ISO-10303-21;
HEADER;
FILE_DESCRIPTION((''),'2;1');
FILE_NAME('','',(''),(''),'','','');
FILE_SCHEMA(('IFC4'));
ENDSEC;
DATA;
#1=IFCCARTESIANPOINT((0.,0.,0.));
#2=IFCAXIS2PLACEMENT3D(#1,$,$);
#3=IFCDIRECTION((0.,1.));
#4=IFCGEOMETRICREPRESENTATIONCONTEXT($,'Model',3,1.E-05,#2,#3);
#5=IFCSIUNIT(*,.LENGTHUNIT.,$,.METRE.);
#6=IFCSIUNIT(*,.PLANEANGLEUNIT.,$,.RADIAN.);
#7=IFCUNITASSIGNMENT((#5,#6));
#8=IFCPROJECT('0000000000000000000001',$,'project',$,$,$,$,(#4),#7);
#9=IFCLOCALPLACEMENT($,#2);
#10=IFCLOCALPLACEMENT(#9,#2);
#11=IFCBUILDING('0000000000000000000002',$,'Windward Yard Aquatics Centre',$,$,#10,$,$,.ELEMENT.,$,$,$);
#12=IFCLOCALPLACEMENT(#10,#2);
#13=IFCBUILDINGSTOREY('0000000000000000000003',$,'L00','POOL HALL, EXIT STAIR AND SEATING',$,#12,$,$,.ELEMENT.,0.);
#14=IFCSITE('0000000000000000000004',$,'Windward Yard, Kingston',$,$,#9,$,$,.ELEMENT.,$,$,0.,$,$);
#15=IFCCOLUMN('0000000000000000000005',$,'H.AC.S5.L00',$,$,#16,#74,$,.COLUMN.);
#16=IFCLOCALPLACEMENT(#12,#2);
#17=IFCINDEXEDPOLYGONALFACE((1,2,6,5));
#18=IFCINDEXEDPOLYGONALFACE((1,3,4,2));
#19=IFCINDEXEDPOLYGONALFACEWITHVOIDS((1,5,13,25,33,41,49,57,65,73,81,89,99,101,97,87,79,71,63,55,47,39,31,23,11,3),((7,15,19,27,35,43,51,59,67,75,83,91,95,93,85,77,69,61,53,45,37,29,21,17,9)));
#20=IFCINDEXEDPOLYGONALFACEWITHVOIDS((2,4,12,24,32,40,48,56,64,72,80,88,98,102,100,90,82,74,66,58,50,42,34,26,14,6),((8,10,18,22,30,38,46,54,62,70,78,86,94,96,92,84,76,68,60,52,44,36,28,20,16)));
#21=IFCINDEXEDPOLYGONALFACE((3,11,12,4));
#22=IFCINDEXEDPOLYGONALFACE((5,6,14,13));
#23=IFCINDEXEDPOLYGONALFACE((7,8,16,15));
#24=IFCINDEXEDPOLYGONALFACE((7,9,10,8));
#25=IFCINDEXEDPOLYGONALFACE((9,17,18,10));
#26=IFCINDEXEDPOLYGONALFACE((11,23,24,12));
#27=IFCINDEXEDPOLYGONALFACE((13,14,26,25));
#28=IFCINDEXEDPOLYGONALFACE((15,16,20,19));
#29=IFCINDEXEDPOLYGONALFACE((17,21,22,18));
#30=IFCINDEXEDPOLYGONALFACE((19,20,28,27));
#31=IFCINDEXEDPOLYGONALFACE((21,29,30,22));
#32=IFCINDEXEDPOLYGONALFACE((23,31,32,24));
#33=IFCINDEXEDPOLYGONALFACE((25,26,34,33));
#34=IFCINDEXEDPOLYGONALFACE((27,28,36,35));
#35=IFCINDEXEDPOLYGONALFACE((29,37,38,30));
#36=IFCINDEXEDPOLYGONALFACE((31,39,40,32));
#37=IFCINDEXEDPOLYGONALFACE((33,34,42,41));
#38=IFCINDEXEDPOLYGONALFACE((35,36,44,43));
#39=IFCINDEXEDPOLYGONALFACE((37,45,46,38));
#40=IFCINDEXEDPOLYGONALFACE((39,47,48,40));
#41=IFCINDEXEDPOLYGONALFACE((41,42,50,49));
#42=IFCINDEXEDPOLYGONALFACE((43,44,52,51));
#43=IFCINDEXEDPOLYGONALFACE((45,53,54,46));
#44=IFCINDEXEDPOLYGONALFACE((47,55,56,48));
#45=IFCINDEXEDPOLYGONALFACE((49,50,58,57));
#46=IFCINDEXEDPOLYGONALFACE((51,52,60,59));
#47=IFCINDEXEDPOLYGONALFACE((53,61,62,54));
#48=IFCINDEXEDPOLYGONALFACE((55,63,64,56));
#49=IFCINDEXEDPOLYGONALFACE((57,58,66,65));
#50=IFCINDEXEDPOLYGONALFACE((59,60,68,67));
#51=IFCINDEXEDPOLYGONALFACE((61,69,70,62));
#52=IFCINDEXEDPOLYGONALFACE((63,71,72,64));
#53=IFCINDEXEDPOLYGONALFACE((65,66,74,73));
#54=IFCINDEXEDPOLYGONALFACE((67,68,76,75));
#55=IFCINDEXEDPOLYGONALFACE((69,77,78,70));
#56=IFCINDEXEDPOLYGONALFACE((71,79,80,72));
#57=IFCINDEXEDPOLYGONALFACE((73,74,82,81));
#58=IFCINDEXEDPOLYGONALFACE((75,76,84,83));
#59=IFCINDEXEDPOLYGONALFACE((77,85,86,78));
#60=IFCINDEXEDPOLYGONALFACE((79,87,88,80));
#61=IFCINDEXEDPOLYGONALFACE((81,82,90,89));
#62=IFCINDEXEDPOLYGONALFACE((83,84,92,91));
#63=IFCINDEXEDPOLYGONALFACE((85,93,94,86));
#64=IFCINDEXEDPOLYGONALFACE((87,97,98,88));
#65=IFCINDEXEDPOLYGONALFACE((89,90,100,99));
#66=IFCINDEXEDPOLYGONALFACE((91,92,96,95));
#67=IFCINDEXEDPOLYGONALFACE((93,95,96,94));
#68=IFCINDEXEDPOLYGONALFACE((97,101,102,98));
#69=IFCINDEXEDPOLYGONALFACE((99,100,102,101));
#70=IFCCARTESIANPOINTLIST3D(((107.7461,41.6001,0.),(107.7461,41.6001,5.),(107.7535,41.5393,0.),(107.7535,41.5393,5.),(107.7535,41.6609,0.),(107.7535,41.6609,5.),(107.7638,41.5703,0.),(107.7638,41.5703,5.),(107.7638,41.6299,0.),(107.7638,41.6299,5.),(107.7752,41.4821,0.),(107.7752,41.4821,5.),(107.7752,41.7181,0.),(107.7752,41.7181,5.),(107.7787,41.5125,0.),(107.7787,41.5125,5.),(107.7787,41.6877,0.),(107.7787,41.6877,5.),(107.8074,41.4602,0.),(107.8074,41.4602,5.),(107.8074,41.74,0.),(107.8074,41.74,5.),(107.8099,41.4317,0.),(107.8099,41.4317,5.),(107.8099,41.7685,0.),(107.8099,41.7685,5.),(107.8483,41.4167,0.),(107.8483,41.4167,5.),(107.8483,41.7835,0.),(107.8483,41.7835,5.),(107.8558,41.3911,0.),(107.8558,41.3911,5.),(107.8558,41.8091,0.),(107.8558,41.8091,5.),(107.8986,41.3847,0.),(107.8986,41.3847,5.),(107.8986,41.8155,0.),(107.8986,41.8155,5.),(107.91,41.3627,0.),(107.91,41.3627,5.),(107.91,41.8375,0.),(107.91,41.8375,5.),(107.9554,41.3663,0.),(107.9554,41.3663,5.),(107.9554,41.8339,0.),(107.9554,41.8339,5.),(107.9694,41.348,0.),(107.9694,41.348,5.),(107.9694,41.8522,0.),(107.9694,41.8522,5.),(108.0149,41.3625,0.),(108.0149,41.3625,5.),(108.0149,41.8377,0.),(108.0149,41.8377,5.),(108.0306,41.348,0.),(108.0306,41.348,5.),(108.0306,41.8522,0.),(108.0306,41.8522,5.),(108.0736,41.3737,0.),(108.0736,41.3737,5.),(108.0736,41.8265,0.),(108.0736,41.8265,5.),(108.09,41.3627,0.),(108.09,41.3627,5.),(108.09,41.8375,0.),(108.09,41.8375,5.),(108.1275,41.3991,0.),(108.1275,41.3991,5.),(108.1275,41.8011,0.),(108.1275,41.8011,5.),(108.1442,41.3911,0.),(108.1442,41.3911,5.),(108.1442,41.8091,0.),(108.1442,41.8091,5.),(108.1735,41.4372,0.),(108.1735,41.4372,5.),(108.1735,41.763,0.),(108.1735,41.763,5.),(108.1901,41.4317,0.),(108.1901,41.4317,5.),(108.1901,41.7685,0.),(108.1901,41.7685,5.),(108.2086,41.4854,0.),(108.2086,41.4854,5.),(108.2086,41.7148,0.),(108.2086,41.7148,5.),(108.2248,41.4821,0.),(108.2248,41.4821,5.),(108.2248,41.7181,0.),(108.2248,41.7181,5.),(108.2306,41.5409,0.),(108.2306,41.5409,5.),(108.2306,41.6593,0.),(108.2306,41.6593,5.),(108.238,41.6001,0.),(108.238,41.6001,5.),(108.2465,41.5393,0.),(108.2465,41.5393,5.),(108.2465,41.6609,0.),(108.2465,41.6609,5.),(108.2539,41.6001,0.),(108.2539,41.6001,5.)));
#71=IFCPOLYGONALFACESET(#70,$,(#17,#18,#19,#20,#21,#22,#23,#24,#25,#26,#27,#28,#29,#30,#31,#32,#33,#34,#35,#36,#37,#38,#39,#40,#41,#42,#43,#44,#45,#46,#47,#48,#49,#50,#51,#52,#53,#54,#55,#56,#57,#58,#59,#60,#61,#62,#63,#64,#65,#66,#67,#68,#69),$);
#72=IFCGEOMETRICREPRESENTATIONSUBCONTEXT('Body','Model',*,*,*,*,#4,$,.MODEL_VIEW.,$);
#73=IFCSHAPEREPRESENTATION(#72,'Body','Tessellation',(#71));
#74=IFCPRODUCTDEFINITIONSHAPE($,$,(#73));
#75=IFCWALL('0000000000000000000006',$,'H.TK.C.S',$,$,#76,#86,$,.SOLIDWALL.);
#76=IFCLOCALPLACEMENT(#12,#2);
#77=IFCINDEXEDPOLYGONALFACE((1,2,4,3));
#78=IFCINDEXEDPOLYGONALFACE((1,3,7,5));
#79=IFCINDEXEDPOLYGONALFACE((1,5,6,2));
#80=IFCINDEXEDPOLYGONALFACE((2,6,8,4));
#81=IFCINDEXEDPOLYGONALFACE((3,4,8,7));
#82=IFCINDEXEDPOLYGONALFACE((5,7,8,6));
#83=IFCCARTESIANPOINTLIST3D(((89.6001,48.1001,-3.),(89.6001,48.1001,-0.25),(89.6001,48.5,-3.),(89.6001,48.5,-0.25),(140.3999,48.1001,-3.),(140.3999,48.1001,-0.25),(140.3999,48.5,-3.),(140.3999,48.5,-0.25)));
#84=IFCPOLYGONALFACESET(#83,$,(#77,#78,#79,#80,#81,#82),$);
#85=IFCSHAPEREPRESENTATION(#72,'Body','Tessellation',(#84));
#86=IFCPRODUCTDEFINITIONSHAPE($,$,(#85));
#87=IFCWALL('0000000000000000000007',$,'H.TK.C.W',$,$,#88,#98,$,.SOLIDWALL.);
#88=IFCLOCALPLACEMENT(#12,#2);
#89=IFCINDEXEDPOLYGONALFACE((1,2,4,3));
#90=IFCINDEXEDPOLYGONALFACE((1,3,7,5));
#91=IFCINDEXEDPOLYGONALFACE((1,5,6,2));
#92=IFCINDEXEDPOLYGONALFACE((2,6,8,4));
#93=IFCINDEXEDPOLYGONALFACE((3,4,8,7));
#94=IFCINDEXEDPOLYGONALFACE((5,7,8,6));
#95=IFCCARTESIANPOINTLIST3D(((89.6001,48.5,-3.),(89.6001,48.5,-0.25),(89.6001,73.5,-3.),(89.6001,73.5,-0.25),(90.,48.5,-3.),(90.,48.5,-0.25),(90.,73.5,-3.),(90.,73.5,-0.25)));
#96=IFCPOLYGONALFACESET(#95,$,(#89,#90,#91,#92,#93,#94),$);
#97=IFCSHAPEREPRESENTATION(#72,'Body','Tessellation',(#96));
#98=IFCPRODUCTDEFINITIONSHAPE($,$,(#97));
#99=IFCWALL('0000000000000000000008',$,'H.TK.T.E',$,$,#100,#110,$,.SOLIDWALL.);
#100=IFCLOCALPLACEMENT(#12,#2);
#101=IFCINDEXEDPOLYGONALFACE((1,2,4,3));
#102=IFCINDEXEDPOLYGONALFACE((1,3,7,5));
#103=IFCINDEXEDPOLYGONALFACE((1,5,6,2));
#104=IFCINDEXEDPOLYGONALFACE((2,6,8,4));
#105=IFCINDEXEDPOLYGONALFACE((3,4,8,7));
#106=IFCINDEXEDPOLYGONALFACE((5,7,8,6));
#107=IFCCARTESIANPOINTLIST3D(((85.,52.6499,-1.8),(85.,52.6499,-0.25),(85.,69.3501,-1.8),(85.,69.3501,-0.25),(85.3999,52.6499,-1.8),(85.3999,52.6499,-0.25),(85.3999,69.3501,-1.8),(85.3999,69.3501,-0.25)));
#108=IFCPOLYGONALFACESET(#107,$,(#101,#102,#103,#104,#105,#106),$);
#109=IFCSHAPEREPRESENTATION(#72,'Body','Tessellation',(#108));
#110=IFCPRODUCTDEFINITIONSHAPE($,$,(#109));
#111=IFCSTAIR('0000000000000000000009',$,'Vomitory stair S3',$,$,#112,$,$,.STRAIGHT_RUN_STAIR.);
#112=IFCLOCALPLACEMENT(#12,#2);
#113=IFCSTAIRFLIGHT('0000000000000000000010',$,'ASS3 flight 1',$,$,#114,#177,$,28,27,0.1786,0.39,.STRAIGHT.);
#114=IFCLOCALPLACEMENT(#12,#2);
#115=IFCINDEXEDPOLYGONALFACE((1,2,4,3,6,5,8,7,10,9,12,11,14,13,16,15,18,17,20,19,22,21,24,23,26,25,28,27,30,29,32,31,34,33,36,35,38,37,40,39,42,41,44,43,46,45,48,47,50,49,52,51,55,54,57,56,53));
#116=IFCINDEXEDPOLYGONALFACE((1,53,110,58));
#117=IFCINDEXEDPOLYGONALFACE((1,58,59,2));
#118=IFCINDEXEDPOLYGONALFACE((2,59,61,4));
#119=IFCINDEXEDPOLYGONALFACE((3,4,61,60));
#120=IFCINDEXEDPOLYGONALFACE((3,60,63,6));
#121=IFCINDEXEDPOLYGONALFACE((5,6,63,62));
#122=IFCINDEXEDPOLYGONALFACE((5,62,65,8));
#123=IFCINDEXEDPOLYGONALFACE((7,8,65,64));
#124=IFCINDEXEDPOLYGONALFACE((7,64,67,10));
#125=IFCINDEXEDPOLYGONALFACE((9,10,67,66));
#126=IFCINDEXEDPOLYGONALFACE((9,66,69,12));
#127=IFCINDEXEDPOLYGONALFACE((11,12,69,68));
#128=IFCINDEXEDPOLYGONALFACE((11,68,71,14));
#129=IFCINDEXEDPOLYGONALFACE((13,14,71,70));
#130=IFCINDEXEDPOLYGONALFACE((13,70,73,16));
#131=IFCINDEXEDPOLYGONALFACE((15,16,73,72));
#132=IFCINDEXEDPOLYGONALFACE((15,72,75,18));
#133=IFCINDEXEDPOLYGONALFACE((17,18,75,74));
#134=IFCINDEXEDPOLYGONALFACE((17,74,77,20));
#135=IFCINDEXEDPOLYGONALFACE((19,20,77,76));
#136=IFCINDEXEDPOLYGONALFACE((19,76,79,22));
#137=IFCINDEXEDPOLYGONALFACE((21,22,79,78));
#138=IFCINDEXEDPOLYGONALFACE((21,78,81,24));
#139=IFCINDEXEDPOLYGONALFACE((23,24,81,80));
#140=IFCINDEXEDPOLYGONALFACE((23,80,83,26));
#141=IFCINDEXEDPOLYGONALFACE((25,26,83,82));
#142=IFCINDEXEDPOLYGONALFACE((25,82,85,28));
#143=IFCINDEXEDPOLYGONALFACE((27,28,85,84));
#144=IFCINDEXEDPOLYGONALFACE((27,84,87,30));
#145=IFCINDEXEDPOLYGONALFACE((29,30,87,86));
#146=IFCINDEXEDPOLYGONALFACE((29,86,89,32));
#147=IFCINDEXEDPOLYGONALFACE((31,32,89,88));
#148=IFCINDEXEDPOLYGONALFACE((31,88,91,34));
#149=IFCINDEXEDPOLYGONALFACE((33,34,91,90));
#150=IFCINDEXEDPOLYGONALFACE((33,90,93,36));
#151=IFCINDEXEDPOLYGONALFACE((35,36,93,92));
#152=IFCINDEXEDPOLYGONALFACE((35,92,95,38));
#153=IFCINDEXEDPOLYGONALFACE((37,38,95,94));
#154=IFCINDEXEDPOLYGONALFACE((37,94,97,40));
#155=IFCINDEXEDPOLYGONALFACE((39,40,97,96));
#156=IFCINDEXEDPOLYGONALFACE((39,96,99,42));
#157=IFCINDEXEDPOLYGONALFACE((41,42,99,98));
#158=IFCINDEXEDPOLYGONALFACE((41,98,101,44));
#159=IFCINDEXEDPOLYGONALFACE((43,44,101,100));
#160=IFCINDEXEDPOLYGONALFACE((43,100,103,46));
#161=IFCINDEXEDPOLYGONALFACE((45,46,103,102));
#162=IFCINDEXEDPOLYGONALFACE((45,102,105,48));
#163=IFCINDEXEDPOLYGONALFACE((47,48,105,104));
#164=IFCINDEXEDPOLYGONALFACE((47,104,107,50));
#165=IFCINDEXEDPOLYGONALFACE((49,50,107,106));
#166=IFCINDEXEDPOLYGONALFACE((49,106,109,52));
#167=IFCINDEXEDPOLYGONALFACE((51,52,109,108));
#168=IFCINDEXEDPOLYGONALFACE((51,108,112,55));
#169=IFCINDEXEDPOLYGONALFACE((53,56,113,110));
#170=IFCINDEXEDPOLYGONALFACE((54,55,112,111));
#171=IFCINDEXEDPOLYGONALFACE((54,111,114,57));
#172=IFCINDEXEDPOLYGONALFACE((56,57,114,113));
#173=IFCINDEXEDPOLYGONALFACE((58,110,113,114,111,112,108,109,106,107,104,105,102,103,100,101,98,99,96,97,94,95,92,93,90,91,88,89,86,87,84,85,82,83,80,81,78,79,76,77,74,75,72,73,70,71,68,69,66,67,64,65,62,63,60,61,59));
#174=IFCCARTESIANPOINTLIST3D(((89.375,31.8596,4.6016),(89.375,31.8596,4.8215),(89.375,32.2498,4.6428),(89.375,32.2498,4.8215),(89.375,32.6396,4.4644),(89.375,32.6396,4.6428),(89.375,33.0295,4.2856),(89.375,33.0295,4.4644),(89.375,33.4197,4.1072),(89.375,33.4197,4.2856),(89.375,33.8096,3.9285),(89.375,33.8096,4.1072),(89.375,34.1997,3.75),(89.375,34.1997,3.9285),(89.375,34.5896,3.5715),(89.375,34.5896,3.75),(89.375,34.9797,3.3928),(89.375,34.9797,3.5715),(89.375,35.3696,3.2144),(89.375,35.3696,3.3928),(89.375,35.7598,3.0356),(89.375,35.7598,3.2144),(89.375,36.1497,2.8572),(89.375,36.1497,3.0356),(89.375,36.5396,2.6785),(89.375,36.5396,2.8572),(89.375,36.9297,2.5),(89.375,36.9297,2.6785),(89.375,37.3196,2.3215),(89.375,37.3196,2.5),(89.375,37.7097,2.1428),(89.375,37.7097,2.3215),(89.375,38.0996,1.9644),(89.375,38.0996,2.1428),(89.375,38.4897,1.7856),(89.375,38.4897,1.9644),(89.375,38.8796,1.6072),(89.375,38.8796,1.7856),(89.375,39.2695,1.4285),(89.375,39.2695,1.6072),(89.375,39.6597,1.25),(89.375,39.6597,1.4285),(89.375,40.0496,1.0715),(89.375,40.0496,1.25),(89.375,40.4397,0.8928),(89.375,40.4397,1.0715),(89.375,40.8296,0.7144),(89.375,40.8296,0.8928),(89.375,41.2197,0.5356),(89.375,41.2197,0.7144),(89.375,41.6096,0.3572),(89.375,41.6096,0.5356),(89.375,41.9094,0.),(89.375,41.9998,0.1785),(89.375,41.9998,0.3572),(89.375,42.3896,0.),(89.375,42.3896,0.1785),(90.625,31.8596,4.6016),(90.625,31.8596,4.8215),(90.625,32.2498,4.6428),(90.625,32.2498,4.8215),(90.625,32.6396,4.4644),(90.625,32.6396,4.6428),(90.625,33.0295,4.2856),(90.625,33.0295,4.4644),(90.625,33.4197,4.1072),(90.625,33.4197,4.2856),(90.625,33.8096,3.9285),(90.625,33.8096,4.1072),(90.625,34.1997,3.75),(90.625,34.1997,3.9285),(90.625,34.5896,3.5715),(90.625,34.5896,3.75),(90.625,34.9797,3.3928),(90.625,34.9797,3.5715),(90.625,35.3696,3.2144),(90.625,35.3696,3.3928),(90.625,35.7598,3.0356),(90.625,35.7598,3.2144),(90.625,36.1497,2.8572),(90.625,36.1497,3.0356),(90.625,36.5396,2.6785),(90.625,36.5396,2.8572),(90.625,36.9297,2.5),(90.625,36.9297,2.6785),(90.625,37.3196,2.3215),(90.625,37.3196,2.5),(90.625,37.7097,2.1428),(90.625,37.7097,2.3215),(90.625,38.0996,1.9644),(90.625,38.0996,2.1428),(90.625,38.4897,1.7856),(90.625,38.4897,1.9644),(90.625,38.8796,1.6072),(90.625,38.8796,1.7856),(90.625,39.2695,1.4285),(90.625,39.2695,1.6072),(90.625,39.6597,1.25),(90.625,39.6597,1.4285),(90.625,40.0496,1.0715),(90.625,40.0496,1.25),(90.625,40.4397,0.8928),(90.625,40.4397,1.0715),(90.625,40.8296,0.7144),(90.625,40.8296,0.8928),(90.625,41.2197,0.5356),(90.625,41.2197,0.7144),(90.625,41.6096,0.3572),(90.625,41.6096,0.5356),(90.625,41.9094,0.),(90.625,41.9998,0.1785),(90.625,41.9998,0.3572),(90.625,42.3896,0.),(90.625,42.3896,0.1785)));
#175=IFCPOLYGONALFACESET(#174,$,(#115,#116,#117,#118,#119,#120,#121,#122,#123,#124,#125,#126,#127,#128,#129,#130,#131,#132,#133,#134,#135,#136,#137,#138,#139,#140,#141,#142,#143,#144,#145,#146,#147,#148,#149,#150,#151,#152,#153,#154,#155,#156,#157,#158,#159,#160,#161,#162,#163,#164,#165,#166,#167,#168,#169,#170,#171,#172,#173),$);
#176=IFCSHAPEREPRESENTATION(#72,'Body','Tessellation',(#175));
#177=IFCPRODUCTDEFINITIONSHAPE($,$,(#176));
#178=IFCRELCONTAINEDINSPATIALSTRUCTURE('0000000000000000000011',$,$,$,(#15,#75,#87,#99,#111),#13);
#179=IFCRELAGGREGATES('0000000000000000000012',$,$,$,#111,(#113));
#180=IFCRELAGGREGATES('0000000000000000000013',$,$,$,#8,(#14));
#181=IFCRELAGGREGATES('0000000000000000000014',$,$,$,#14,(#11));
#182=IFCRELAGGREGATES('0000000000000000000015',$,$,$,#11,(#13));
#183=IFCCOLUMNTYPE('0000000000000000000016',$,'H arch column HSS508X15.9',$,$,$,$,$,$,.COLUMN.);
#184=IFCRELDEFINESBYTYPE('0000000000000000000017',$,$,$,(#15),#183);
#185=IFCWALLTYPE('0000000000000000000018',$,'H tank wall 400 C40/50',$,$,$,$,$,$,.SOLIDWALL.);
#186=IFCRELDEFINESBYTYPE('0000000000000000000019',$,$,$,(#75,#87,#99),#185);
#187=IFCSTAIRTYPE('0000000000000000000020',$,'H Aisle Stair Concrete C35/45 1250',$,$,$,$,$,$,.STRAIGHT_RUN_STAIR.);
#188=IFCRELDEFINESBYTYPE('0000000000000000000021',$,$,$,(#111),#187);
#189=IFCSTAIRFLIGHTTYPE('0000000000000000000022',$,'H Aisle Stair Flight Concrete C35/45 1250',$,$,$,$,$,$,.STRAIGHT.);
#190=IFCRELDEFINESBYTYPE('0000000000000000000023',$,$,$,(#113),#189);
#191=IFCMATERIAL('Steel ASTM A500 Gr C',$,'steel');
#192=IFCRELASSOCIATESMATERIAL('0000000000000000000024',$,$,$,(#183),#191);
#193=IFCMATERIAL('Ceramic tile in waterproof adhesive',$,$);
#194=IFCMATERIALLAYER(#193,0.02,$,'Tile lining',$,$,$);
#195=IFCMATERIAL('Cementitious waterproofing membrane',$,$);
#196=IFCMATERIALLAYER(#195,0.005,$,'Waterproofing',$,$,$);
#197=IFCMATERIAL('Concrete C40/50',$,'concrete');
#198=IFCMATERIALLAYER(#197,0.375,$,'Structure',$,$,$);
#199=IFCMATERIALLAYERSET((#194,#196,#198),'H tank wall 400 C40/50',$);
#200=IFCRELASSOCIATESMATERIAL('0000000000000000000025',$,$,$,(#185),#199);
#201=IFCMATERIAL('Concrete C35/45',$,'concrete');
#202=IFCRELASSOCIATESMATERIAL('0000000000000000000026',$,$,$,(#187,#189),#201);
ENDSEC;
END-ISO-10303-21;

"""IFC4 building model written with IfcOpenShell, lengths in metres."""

from ifc_helpers import new_model, si_unit, direction, frame, frame_2d, origin, origin_2d, place, context, subcontext, project, spatial, polyline, rectangle, hollow_circle, outline, extrude, material, layer, layer_set, material_profile, profile_set, type_object, element, aggregate, save


model = new_model("IFC4")

# Units and contexts
model_context = context("Model", 3, precision=1e-05, world=origin(), true_north=direction((0.0, 1.0)))
body_context = subcontext(model_context, "Body", "Model", "MODEL_VIEW")
ifc_project = project(units=[si_unit("LENGTHUNIT", "METRE"), si_unit("PLANEANGLEUNIT", "RADIAN")], contexts=[model_context])

# Site, building, storey
site_placement = place(None, origin())
site = spatial("IfcSite", under=ifc_project, at=site_placement, Name="Windward Yard, Kingston", CompositionType="ELEMENT", RefElevation=0.0)
building_placement = place(site_placement, origin())
building = spatial("IfcBuilding", under=site, at=building_placement, Name="Windward Yard Aquatics Centre", CompositionType="ELEMENT")
storey_placement = place(building_placement, origin())
storey = spatial("IfcBuildingStorey", under=building, at=storey_placement, Name="L00", Description="POOL HALL, EXIT STAIR AND SEATING", CompositionType="ELEMENT", Elevation=0.0)

# Shared definitions
ifc_material_1 = material(Name="Concrete C35/45", Category="concrete")

# Column
ifc_material_2 = material(Name="Steel ASTM A500 Gr C", Category="steel")
ifc_material_profile_1 = material_profile(ifc_material_2, hollow_circle(Radius=0.2539, WallThickness=0.0159, at=origin_2d()), Name="HSS508X15.9")
ifc_profile_set_1 = profile_set([ifc_material_profile_1], Name="Steel ASTM A500 Gr C")
column_type = type_object("IfcColumnType", Name="H arch column HSS508X15.9", PredefinedType="COLUMN", material=ifc_profile_set_1)
for number, where, z_axis, x_axis, name in (
    (1, (108.0, 41.6001, 0.0), (0.0, 0.0, 1.0), (1.0, 0.0, 0.0), "H.AC.S5.L00"),
):
    element("IfcColumn", number, at=place(storey_placement, frame(where, z_axis=z_axis, x_axis=x_axis)), inside=storey, type_object=column_type, Name=name, PredefinedType="COLUMN", context=body_context, shape_type="SweptSolid", body=[
        extrude(hollow_circle(Radius=0.2539, WallThickness=0.0159, at=origin_2d()), origin(), (0.0, 0.0, 1.0), 5.0),
    ])

# Walls
ifc_material_3 = material(Name="Ceramic tile in waterproof adhesive")
ifc_layer_1 = layer(ifc_material_3, 0.02, Name="Tile lining")
ifc_material_4 = material(Name="Cementitious waterproofing membrane")
ifc_layer_2 = layer(ifc_material_4, 0.005, Name="Waterproofing")
ifc_material_5 = material(Name="Concrete C40/50", Category="concrete")
ifc_layer_3 = layer(ifc_material_5, 0.375, Name="Structure")
ifc_layer_set = layer_set([ifc_layer_1, ifc_layer_2, ifc_layer_3], Name="H tank wall 400 C40/50")
wall_type = type_object("IfcWallType", Name="H tank wall 400 C40/50", PredefinedType="SOLIDWALL", material=ifc_layer_set)
wall_1_placement = place(storey_placement, frame((89.6001, 48.3, -3.0), z_axis=(0.0, 0.0, 1.0), x_axis=(1.0, 0.0, 0.0)))
element("IfcWall", 2, at=wall_1_placement, inside=storey, type_object=wall_type, Name="H.TK.C.S", PredefinedType="SOLIDWALL", context=body_context, shape_type="SweptSolid", body=[
    extrude(rectangle(XDim=50.7998, YDim=0.3999, at=frame_2d((25.3999, 0.0))), origin(), (0.0, 0.0, 1.0), 2.75),
])
wall_2_placement = place(storey_placement, frame((89.8, 48.5, -3.0), z_axis=(0.0, 0.0, 1.0), x_axis=(0.0, 1.0, 0.0)))
element("IfcWall", 3, at=wall_2_placement, inside=storey, type_object=wall_type, Name="H.TK.C.W", PredefinedType="SOLIDWALL", context=body_context, shape_type="SweptSolid", body=[
    extrude(rectangle(XDim=25.0, YDim=0.3999, at=frame_2d((12.5, 0.0))), origin(), (0.0, 0.0, 1.0), 2.75),
])
wall_3_placement = place(storey_placement, frame((85.2, 52.6499, -1.8), z_axis=(0.0, 0.0, 1.0), x_axis=(0.0, 1.0, 0.0)))
element("IfcWall", 4, at=wall_3_placement, inside=storey, type_object=wall_type, Name="H.TK.T.E", PredefinedType="SOLIDWALL", context=body_context, shape_type="SweptSolid", body=[
    extrude(rectangle(XDim=16.7002, YDim=0.3999, at=frame_2d((8.3501, 0.0))), origin(), (0.0, 0.0, 1.0), 1.55),
])

# Stair, stair flight
stair_type = type_object("IfcStairType", Name="H Aisle Stair Concrete C35/45 1250", PredefinedType="STRAIGHT_RUN_STAIR", material=ifc_material_1)
stair_1_placement = place(storey_placement, origin())
stair_1 = element("IfcStair", 5, at=stair_1_placement, inside=storey, type_object=stair_type, Name="Vomitory stair S3", PredefinedType="STRAIGHT_RUN_STAIR")
stair_flight_type = type_object("IfcStairFlightType", Name="H Aisle Stair Flight Concrete C35/45 1250", PredefinedType="STRAIGHT", material=ifc_material_1)
stair_flight_1_placement = place(storey_placement, frame((90.0, 42.3896, 0.0), z_axis=(0.0, 0.0, 1.0), x_axis=(0.0, -1.0, 0.0)))
stair_flight_1 = element("IfcStairFlight", 6, at=stair_flight_1_placement, type_object=stair_flight_type, Name="ASS3 flight 1", NumberOfRisers=28, NumberOfTreads=27, PredefinedType="STRAIGHT", RiserHeight=0.1786, TreadLength=0.39, context=body_context, shape_type="SweptSolid", body=[
    extrude(outline(polyline([(0.0, 0.0), (0.0, 0.1785), (0.3899, 0.1785), (0.3899, 0.3572), (0.78, 0.3572), (0.78, 0.5356), (1.1699, 0.5356), (1.1699, 0.7144), (1.5601, 0.7144), (1.5601, 0.8928), (1.95, 0.8928), (1.95, 1.0715), (2.3401, 1.0715), (2.3401, 1.25), (2.73, 1.25), (2.73, 1.4285), (3.1201, 1.4285), (3.1201, 1.6072), (3.51, 1.6072), (3.51, 1.7856), (3.8999, 1.7856), (3.8999, 1.9644), (4.29, 1.9644), (4.29, 2.1428), (4.6799, 2.1428), (4.6799, 2.3215), (5.0701, 2.3215), (5.0701, 2.5), (5.46, 2.5), (5.46, 2.6785), (5.8501, 2.6785), (5.8501, 2.8572), (6.24, 2.8572), (6.24, 3.0356), (6.6299, 3.0356), (6.6299, 3.2144), (7.02, 3.2144), (7.02, 3.3928), (7.4099, 3.3928), (7.4099, 3.5715), (7.8, 3.5715), (7.8, 3.75), (8.1899, 3.75), (8.1899, 3.9285), (8.5801, 3.9285), (8.5801, 4.1072), (8.97, 4.1072), (8.97, 4.2856), (9.3601, 4.2856), (9.3601, 4.4644), (9.75, 4.4644), (9.75, 4.6428), (10.1399, 4.6428), (10.1399, 4.8215), (10.53, 4.8215), (10.53, 5.0), (10.53, 4.6016), (0.4802, 0.0), (0.0, 0.0)])), frame((0.0, 0.625, 0.0), z_axis=(0.0, -1.0, 0.0), x_axis=(1.0, 0.0, 0.0)), (0.0, 0.0, 1.0), 1.25),
])
aggregate(stair_1, [stair_flight_1])

save(model, "model.ifc")
